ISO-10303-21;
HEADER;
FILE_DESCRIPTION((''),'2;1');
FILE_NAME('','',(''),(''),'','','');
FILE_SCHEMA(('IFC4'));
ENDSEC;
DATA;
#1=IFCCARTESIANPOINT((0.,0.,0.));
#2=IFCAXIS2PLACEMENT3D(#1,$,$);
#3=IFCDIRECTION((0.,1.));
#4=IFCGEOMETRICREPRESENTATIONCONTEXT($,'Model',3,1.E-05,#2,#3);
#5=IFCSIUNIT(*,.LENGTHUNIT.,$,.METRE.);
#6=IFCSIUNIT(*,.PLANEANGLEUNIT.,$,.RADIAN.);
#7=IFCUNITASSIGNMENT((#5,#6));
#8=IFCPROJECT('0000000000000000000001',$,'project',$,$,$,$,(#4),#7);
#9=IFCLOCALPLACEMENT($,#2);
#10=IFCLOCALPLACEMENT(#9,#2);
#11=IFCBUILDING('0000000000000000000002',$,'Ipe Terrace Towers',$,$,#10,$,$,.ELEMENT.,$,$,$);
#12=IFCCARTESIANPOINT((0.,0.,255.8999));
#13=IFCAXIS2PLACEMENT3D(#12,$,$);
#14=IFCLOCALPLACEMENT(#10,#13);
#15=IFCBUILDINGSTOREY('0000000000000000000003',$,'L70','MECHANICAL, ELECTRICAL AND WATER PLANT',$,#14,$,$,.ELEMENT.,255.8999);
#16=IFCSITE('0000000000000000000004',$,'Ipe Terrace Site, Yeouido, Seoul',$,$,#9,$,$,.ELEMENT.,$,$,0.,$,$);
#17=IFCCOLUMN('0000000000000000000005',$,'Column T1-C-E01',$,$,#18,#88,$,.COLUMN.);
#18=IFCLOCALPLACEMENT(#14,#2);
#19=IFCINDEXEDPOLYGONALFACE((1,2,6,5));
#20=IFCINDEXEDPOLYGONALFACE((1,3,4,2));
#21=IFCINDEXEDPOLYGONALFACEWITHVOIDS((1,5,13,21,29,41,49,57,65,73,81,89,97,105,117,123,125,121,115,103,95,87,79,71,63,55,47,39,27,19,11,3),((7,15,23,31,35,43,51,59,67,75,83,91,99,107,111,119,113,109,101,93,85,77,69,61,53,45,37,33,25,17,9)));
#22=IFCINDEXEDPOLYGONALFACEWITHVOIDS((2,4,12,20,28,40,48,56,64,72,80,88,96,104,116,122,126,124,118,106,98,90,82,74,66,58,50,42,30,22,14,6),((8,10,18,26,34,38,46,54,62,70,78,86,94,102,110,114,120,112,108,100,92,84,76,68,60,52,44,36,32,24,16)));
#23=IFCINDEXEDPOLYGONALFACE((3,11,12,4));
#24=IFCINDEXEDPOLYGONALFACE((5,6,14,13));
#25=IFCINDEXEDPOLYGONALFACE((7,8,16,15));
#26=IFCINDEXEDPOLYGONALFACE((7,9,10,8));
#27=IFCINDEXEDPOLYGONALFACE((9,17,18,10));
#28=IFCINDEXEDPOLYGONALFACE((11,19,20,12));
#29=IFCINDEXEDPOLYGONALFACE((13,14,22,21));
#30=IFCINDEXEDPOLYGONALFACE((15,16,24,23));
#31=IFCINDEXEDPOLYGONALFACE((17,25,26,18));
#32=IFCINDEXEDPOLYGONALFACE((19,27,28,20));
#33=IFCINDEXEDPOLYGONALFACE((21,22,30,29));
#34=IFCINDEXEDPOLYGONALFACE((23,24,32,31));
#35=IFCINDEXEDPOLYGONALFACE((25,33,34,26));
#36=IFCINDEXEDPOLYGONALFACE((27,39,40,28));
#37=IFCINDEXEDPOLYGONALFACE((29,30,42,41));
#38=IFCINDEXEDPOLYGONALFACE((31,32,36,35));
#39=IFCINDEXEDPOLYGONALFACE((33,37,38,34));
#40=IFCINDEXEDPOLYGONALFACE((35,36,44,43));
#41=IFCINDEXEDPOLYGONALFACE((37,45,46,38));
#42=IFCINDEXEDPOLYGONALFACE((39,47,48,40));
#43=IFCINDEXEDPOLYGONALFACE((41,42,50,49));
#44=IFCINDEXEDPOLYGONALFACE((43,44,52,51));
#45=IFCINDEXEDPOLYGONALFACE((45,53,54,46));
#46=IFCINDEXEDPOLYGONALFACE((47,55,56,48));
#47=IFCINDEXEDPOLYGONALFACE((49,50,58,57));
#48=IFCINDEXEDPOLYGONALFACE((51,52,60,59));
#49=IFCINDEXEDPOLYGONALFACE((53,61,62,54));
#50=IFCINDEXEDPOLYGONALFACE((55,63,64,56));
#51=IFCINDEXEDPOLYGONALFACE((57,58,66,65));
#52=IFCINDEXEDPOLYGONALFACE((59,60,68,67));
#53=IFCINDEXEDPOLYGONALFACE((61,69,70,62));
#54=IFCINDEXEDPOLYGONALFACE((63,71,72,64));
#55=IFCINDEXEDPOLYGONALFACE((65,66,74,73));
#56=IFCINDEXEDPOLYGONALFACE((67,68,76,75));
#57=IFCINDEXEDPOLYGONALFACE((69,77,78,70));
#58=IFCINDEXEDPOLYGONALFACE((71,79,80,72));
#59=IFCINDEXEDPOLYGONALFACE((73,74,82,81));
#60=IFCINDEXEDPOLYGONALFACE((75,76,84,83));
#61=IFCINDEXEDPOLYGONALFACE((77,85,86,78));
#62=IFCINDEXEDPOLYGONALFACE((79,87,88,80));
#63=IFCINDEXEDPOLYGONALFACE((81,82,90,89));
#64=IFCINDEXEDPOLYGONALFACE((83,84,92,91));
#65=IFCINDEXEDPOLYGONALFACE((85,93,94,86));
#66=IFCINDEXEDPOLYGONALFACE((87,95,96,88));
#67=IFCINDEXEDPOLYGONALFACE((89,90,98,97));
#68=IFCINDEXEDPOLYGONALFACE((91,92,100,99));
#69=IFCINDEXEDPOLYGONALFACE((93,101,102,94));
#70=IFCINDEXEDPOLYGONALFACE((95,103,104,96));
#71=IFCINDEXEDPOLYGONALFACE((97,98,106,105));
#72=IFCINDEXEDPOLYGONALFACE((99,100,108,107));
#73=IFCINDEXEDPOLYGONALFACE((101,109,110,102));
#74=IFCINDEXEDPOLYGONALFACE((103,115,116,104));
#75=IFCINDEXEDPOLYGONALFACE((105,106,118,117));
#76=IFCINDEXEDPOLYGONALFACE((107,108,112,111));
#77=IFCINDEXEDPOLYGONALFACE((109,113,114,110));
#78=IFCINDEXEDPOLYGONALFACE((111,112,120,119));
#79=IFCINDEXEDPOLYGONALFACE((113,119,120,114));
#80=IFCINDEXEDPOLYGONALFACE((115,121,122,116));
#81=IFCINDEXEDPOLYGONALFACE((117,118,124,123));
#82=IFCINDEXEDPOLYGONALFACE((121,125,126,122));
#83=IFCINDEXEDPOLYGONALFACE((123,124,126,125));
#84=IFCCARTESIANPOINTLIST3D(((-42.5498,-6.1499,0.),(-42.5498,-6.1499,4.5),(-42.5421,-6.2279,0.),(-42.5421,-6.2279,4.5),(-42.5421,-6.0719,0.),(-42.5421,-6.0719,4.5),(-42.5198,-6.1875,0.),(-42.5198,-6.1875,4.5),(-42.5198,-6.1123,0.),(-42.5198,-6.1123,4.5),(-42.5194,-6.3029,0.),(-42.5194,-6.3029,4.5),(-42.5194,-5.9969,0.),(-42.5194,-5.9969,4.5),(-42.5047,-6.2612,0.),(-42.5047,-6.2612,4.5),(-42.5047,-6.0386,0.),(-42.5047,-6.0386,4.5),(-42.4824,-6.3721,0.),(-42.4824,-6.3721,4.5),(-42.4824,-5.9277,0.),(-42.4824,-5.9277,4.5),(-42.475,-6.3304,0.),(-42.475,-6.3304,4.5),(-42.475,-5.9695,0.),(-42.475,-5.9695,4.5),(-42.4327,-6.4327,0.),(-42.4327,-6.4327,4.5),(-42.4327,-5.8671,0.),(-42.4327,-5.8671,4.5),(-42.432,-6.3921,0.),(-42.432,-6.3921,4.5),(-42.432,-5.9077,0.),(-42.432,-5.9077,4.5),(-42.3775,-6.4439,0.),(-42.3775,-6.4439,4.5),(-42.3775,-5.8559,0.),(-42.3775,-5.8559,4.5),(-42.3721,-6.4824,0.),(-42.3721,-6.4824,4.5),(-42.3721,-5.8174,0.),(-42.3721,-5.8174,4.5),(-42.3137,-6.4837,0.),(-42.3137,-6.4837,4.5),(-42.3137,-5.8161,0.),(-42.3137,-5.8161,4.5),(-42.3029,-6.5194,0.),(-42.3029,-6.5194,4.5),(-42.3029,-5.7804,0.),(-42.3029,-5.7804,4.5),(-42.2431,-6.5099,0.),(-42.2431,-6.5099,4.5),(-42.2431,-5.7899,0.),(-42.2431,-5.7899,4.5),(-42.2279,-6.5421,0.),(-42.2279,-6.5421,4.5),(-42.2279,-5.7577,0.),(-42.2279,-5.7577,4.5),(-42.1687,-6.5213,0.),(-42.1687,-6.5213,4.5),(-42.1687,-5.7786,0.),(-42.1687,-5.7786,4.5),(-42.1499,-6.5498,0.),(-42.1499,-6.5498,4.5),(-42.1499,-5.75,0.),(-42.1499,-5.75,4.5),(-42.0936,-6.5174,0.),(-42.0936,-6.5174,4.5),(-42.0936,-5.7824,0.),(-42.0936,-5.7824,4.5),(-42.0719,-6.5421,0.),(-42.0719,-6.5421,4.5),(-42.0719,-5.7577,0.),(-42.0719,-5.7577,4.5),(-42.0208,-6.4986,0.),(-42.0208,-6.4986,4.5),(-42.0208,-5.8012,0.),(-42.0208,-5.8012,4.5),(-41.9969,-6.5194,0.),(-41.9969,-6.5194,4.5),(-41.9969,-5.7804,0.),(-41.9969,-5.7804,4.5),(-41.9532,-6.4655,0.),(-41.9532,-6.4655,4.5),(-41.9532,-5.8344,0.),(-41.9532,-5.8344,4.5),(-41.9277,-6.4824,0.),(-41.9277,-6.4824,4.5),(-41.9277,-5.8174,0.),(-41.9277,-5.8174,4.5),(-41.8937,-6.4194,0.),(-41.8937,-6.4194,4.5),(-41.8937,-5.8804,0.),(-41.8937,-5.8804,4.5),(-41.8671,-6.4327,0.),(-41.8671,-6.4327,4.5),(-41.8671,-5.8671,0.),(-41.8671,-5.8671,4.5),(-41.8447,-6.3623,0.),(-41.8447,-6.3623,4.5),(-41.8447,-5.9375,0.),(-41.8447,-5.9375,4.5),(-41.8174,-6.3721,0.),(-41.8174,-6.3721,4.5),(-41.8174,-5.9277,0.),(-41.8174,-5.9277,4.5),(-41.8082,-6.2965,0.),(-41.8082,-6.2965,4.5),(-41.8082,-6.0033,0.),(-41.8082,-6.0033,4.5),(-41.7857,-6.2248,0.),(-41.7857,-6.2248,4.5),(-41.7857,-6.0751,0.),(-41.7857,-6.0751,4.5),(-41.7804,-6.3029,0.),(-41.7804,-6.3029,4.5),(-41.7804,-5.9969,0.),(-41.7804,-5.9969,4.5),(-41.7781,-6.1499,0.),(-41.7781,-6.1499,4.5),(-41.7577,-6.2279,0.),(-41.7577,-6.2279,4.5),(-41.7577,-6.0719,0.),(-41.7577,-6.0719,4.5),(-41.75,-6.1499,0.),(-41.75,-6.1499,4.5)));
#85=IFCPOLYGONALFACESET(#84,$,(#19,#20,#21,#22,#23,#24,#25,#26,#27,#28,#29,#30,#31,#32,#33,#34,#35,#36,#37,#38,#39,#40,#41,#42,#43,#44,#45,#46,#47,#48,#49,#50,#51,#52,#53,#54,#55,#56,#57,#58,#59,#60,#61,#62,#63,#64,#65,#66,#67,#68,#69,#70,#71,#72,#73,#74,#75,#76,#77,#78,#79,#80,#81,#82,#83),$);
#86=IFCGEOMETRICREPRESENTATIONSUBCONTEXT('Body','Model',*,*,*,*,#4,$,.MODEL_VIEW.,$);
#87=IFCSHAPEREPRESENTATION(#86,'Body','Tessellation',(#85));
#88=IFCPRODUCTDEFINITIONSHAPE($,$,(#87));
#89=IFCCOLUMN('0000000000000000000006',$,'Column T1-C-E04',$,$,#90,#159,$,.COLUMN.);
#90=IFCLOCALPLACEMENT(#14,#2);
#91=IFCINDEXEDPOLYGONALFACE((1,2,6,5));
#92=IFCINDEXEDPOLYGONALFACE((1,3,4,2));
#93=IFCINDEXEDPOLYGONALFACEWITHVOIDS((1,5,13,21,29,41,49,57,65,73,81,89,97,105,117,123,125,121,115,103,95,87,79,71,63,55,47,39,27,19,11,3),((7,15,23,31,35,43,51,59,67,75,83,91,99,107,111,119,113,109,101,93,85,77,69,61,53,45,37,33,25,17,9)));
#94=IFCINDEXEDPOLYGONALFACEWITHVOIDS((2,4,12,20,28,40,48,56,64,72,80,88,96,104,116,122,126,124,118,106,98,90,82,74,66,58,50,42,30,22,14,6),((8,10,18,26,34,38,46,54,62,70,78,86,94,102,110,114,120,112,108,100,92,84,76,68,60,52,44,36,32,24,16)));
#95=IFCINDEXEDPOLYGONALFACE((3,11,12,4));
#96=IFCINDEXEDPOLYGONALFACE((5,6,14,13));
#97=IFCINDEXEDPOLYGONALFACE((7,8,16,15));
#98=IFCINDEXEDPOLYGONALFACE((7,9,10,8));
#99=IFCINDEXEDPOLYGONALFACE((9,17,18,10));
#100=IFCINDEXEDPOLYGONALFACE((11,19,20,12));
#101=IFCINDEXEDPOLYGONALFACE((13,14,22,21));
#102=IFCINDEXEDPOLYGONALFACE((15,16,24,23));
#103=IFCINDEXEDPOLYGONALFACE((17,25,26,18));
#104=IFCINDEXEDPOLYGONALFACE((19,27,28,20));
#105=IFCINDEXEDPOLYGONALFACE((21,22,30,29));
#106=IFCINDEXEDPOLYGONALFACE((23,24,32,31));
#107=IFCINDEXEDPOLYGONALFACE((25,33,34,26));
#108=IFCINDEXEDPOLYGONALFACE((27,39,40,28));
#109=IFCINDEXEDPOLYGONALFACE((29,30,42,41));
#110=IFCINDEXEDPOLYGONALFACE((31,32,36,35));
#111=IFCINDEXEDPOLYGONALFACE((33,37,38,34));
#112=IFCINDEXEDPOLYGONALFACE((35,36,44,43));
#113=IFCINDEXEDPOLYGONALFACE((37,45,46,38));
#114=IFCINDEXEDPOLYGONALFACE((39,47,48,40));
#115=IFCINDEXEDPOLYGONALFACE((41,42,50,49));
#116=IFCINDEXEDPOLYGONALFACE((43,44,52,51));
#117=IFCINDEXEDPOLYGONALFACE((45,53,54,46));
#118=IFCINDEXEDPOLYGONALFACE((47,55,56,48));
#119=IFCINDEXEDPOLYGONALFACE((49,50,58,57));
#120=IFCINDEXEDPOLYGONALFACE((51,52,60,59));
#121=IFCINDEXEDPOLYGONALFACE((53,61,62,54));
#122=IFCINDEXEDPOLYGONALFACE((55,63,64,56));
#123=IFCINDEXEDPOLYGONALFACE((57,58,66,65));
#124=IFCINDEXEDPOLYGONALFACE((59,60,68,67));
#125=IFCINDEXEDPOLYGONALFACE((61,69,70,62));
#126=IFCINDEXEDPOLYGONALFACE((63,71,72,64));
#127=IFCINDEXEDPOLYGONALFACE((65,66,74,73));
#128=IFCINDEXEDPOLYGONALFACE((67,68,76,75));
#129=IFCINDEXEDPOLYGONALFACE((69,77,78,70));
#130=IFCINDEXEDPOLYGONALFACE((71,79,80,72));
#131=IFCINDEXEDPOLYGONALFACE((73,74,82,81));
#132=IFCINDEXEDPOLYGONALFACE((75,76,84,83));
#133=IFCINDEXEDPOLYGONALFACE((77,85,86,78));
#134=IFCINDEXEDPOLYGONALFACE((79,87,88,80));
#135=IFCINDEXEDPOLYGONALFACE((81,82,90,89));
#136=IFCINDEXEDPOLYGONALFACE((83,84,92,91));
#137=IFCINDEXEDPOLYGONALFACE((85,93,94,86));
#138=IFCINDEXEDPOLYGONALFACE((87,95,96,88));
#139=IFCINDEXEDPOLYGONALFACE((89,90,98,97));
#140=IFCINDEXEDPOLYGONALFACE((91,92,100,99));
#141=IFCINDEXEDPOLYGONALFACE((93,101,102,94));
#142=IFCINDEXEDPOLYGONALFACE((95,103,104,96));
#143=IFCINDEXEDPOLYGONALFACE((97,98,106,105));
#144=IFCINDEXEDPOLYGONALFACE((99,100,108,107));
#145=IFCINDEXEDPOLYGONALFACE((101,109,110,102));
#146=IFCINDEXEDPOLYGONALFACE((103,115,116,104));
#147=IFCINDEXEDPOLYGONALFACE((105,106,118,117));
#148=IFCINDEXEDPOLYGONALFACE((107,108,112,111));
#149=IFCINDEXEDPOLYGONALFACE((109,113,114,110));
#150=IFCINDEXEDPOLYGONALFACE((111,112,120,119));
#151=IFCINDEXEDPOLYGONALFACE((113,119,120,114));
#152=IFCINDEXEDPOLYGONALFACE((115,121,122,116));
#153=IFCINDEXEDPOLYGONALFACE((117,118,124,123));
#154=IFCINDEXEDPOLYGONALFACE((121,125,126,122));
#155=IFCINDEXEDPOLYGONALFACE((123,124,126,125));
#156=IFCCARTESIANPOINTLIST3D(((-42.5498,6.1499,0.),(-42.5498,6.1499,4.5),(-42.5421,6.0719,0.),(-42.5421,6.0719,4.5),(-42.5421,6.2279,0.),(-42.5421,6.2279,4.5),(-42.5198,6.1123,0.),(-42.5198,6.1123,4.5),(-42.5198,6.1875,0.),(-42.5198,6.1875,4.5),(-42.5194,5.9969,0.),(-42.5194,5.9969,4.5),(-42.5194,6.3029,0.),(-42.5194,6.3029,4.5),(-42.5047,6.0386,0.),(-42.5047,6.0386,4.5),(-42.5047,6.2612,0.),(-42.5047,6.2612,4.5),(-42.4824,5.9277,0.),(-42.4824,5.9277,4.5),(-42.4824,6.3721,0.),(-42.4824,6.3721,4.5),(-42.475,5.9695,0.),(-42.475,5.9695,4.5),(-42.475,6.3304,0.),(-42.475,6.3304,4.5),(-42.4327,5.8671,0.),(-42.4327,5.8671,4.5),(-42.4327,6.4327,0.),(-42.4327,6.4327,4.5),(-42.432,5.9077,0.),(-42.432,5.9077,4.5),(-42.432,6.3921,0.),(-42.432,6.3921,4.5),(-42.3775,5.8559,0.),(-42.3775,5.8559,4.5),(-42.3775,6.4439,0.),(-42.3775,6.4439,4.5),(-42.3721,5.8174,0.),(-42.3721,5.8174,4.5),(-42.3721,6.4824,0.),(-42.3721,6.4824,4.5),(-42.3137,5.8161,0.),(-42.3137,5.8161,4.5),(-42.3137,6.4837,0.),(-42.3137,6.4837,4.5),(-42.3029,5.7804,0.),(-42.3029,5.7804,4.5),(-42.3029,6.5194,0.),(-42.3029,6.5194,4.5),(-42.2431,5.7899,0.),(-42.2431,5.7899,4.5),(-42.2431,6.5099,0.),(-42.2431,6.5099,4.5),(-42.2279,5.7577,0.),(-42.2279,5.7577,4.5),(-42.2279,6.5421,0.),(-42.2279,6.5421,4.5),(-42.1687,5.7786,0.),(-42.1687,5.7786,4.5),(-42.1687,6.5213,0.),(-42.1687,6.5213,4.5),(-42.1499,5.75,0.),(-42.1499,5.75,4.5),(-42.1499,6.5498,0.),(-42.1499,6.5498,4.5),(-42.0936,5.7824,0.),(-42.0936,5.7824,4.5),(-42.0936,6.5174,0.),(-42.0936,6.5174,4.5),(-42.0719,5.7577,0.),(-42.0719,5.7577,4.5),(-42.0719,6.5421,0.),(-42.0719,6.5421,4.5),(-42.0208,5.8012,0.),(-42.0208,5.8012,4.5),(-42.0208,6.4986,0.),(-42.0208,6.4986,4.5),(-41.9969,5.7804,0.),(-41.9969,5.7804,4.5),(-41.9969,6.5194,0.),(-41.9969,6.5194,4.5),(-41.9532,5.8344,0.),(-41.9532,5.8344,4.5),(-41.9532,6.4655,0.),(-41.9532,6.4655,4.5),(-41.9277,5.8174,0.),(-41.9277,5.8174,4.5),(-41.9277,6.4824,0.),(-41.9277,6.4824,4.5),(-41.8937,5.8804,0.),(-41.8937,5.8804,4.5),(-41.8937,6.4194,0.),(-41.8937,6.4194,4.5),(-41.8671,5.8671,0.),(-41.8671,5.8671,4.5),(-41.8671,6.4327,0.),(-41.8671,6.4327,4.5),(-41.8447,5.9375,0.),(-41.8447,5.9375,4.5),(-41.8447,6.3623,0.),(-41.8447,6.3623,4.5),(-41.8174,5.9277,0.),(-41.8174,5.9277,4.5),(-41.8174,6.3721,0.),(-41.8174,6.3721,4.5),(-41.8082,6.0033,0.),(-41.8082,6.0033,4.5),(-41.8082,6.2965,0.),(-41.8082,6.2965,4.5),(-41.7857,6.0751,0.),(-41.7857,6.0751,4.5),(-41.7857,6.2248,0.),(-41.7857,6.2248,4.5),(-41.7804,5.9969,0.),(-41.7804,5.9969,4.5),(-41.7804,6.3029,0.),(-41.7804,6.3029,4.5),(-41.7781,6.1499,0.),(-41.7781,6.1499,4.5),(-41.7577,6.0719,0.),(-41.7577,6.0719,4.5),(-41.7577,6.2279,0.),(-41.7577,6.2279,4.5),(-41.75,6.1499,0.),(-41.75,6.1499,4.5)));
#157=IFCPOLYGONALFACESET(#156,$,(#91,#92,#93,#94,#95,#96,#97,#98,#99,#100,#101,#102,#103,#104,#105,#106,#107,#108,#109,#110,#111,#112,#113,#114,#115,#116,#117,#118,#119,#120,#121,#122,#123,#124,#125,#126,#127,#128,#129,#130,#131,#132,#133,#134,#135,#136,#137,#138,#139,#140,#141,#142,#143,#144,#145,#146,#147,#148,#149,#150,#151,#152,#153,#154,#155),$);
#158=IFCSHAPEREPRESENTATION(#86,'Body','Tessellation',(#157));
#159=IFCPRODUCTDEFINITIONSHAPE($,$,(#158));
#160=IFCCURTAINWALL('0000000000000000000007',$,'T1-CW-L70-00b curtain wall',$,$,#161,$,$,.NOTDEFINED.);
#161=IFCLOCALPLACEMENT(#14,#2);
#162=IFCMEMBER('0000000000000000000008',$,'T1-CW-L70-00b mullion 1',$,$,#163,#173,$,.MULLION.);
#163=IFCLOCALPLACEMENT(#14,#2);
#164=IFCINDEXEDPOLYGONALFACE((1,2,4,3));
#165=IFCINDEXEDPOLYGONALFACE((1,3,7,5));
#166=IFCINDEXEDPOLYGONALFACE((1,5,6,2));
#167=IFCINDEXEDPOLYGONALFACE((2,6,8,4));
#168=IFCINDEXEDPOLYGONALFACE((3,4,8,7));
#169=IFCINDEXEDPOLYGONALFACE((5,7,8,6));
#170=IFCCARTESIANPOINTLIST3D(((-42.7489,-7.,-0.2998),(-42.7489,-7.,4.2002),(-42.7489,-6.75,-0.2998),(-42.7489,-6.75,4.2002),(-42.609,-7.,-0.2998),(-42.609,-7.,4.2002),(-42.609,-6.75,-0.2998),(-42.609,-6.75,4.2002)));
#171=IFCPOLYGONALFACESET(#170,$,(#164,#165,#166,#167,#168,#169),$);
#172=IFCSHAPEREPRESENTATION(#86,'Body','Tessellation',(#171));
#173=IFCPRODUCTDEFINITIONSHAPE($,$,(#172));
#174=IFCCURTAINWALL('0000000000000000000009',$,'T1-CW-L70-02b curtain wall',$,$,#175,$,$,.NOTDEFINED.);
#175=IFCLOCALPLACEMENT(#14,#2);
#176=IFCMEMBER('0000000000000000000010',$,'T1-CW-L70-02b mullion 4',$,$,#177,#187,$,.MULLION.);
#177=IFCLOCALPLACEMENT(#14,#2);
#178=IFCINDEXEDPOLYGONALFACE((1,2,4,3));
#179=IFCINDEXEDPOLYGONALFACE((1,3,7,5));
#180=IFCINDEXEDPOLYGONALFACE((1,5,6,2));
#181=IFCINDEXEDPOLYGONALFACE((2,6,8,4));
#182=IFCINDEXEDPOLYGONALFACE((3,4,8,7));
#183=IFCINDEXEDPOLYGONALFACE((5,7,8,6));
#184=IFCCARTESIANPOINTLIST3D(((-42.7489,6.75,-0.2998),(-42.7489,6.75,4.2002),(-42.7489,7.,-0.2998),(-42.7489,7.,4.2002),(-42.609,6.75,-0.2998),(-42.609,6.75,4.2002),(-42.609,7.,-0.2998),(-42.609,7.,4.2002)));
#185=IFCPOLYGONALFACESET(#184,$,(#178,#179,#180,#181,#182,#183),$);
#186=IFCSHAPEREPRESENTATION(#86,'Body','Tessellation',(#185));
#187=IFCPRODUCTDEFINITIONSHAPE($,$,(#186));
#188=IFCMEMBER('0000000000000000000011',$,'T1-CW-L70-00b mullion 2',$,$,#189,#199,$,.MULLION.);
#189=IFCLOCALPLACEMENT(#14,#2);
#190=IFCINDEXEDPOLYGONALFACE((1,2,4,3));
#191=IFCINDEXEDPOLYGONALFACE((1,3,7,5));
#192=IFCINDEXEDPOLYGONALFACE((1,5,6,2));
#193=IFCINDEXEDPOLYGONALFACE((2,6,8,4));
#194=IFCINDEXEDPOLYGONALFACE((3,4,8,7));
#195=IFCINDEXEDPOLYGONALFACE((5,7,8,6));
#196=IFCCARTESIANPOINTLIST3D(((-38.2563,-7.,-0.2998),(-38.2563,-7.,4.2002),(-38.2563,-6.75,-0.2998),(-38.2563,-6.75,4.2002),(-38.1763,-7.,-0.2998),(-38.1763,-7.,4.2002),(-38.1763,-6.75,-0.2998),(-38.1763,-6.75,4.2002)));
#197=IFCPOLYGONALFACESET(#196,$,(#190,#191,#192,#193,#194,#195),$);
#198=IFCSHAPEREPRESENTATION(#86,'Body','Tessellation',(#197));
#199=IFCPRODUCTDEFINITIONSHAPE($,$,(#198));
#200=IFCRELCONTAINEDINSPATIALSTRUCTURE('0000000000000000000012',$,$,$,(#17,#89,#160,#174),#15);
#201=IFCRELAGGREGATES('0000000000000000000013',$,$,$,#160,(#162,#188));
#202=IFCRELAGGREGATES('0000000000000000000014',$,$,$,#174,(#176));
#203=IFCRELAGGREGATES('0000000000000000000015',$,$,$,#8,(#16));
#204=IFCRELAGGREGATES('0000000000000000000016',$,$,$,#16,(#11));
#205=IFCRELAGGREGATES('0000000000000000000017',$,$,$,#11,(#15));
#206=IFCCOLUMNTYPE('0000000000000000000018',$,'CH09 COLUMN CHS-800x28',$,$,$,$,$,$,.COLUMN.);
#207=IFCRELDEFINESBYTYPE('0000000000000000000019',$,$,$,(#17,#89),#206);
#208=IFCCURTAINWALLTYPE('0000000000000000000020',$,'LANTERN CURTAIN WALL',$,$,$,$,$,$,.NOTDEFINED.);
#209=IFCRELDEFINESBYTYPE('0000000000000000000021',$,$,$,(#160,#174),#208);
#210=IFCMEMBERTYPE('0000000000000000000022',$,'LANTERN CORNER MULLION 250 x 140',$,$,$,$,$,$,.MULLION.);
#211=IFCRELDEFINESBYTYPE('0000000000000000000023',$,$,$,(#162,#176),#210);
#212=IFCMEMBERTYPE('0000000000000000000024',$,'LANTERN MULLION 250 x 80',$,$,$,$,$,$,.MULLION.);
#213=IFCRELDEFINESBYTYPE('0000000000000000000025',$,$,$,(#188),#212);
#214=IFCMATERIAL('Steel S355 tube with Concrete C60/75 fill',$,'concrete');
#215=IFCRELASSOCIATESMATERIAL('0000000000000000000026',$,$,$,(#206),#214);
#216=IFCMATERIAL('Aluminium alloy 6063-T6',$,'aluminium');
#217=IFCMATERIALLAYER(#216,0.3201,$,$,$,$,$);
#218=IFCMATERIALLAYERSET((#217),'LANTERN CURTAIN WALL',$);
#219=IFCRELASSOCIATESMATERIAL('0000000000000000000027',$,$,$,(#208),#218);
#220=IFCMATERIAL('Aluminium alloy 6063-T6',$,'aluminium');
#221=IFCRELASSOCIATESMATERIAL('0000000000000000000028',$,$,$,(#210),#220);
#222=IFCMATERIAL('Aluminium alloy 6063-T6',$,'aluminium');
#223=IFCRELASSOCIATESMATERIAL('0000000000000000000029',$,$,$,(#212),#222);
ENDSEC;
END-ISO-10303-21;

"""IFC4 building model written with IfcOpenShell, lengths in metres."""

from ifc_helpers import new_model, si_unit, direction, frame, origin, origin_2d, place, context, subcontext, project, spatial, rectangle, hollow_circle, extrude, material, layer, layer_set, material_profile, profile_set, type_object, element, aggregate, save


model = new_model("IFC4")

# Units and contexts
model_context = context("Model", 3, precision=1e-05, world=origin(), true_north=direction((0.0, 1.0)))
body_context = subcontext(model_context, "Body", "Model", "MODEL_VIEW")
ifc_project = project(units=[si_unit("LENGTHUNIT", "METRE"), si_unit("PLANEANGLEUNIT", "RADIAN")], contexts=[model_context])

# Site, building, storey
site_placement = place(None, origin())
site = spatial("IfcSite", under=ifc_project, at=site_placement, Name="Ipe Terrace Site, Yeouido, Seoul", CompositionType="ELEMENT", RefElevation=0.0)
building_placement = place(site_placement, origin())
building = spatial("IfcBuilding", under=site, at=building_placement, Name="Ipe Terrace Towers", CompositionType="ELEMENT")
storey_placement = place(building_placement, frame((0.0, 0.0, 255.8999)))
storey = spatial("IfcBuildingStorey", under=building, at=storey_placement, Name="L70", Description="MECHANICAL, ELECTRICAL AND WATER PLANT", CompositionType="ELEMENT", Elevation=255.8999)

# Columns
ifc_material_1 = material(Name="Steel S355 tube with Concrete C60/75 fill", Category="concrete")
ifc_material_profile_1 = material_profile(ifc_material_1, hollow_circle(Radius=0.3999, WallThickness=0.0281, at=origin_2d()), Name="CHS-800x28")
ifc_profile_set_1 = profile_set([ifc_material_profile_1], Name="Steel S355 tube with Concrete C60/75 fill")
column_type = type_object("IfcColumnType", Name="CH09 COLUMN CHS-800x28", PredefinedType="COLUMN", material=ifc_profile_set_1)
for number, where, z_axis, x_axis, name in (
    (1, (-42.1499, -6.1499, 0.0), (0.0, 0.0, 1.0), (1.0, 0.0, 0.0), "Column T1-C-E01"),
    (2, (-42.1499, 6.1499, 0.0), (0.0, 0.0, 1.0), (1.0, 0.0, 0.0), "Column T1-C-E04"),
):
    element("IfcColumn", number, at=place(storey_placement, frame(where, z_axis=z_axis, x_axis=x_axis)), inside=storey, type_object=column_type, Name=name, PredefinedType="COLUMN", context=body_context, shape_type="SweptSolid", body=[
        extrude(hollow_circle(Radius=0.3999, WallThickness=0.0281, at=origin_2d()), origin(), (0.0, 0.0, 1.0), 4.5),
    ])

# Curtain walls, members
ifc_material_2 = material(Name="Aluminium alloy 6063-T6", Category="aluminium")
ifc_layer_1 = layer(ifc_material_2, 0.3201)
ifc_layer_set_1 = layer_set([ifc_layer_1], Name="LANTERN CURTAIN WALL")
curtain_wall_type = type_object("IfcCurtainWallType", Name="LANTERN CURTAIN WALL", PredefinedType="NOTDEFINED", material=ifc_layer_set_1)
curtain_wall_1_placement = place(storey_placement, origin())
curtain_wall_1 = element("IfcCurtainWall", 3, at=curtain_wall_1_placement, inside=storey, type_object=curtain_wall_type, Name="T1-CW-L70-00b curtain wall", PredefinedType="NOTDEFINED")
ifc_material_3 = material(Name="Aluminium alloy 6063-T6", Category="aluminium")
ifc_material_profile_2 = material_profile(ifc_material_3, rectangle(XDim=0.25, YDim=0.1399, at=origin_2d()), Name="LANTERN CORNER MULLION 250 x 140")
ifc_profile_set_2 = profile_set([ifc_material_profile_2], Name="Aluminium alloy 6063-T6")
member_type_1 = type_object("IfcMemberType", Name="LANTERN CORNER MULLION 250 x 140", PredefinedType="MULLION", material=ifc_profile_set_2)
member_1_placement = place(storey_placement, frame((-42.679, -6.875, -0.2998), z_axis=(0.0, 0.0, 1.0), x_axis=(0.0, -1.0, 0.0)))
member_1 = element("IfcMember", 4, at=member_1_placement, type_object=member_type_1, Name="T1-CW-L70-00b mullion 1", PredefinedType="MULLION", context=body_context, shape_type="SweptSolid", body=[
    extrude(rectangle(XDim=0.25, YDim=0.1399, at=origin_2d()), origin(), (0.0, 0.0, 1.0), 4.5),
])
curtain_wall_2_placement = place(storey_placement, origin())
curtain_wall_2 = element("IfcCurtainWall", 5, at=curtain_wall_2_placement, inside=storey, type_object=curtain_wall_type, Name="T1-CW-L70-02b curtain wall", PredefinedType="NOTDEFINED")
member_2_placement = place(storey_placement, frame((-42.679, 6.875, -0.2998), z_axis=(0.0, 0.0, 1.0), x_axis=(0.0, 1.0, 0.0)))
member_2 = element("IfcMember", 6, at=member_2_placement, type_object=member_type_1, Name="T1-CW-L70-02b mullion 4", PredefinedType="MULLION", context=body_context, shape_type="SweptSolid", body=[
    extrude(rectangle(XDim=0.25, YDim=0.1399, at=origin_2d()), origin(), (0.0, 0.0, 1.0), 4.5),
])

# Member
ifc_material_4 = material(Name="Aluminium alloy 6063-T6", Category="aluminium")
ifc_material_profile_3 = material_profile(ifc_material_4, rectangle(XDim=0.25, YDim=0.0801, at=origin_2d()), Name="LANTERN MULLION 250 x 80")
ifc_profile_set_3 = profile_set([ifc_material_profile_3], Name="Aluminium alloy 6063-T6")
member_type_2 = type_object("IfcMemberType", Name="LANTERN MULLION 250 x 80", PredefinedType="MULLION", material=ifc_profile_set_3)
member_3_placement = place(storey_placement, frame((-38.2163, -6.875, -0.2998), z_axis=(0.0, 0.0, 1.0), x_axis=(0.0, -1.0, 0.0)))
member_3 = element("IfcMember", 7, at=member_3_placement, type_object=member_type_2, Name="T1-CW-L70-00b mullion 2", PredefinedType="MULLION", context=body_context, shape_type="SweptSolid", body=[
    extrude(rectangle(XDim=0.25, YDim=0.0801, at=origin_2d()), origin(), (0.0, 0.0, 1.0), 4.5),
])

aggregate(curtain_wall_1, [member_1, member_3])
aggregate(curtain_wall_2, [member_2])

save(model, "model.ifc")
